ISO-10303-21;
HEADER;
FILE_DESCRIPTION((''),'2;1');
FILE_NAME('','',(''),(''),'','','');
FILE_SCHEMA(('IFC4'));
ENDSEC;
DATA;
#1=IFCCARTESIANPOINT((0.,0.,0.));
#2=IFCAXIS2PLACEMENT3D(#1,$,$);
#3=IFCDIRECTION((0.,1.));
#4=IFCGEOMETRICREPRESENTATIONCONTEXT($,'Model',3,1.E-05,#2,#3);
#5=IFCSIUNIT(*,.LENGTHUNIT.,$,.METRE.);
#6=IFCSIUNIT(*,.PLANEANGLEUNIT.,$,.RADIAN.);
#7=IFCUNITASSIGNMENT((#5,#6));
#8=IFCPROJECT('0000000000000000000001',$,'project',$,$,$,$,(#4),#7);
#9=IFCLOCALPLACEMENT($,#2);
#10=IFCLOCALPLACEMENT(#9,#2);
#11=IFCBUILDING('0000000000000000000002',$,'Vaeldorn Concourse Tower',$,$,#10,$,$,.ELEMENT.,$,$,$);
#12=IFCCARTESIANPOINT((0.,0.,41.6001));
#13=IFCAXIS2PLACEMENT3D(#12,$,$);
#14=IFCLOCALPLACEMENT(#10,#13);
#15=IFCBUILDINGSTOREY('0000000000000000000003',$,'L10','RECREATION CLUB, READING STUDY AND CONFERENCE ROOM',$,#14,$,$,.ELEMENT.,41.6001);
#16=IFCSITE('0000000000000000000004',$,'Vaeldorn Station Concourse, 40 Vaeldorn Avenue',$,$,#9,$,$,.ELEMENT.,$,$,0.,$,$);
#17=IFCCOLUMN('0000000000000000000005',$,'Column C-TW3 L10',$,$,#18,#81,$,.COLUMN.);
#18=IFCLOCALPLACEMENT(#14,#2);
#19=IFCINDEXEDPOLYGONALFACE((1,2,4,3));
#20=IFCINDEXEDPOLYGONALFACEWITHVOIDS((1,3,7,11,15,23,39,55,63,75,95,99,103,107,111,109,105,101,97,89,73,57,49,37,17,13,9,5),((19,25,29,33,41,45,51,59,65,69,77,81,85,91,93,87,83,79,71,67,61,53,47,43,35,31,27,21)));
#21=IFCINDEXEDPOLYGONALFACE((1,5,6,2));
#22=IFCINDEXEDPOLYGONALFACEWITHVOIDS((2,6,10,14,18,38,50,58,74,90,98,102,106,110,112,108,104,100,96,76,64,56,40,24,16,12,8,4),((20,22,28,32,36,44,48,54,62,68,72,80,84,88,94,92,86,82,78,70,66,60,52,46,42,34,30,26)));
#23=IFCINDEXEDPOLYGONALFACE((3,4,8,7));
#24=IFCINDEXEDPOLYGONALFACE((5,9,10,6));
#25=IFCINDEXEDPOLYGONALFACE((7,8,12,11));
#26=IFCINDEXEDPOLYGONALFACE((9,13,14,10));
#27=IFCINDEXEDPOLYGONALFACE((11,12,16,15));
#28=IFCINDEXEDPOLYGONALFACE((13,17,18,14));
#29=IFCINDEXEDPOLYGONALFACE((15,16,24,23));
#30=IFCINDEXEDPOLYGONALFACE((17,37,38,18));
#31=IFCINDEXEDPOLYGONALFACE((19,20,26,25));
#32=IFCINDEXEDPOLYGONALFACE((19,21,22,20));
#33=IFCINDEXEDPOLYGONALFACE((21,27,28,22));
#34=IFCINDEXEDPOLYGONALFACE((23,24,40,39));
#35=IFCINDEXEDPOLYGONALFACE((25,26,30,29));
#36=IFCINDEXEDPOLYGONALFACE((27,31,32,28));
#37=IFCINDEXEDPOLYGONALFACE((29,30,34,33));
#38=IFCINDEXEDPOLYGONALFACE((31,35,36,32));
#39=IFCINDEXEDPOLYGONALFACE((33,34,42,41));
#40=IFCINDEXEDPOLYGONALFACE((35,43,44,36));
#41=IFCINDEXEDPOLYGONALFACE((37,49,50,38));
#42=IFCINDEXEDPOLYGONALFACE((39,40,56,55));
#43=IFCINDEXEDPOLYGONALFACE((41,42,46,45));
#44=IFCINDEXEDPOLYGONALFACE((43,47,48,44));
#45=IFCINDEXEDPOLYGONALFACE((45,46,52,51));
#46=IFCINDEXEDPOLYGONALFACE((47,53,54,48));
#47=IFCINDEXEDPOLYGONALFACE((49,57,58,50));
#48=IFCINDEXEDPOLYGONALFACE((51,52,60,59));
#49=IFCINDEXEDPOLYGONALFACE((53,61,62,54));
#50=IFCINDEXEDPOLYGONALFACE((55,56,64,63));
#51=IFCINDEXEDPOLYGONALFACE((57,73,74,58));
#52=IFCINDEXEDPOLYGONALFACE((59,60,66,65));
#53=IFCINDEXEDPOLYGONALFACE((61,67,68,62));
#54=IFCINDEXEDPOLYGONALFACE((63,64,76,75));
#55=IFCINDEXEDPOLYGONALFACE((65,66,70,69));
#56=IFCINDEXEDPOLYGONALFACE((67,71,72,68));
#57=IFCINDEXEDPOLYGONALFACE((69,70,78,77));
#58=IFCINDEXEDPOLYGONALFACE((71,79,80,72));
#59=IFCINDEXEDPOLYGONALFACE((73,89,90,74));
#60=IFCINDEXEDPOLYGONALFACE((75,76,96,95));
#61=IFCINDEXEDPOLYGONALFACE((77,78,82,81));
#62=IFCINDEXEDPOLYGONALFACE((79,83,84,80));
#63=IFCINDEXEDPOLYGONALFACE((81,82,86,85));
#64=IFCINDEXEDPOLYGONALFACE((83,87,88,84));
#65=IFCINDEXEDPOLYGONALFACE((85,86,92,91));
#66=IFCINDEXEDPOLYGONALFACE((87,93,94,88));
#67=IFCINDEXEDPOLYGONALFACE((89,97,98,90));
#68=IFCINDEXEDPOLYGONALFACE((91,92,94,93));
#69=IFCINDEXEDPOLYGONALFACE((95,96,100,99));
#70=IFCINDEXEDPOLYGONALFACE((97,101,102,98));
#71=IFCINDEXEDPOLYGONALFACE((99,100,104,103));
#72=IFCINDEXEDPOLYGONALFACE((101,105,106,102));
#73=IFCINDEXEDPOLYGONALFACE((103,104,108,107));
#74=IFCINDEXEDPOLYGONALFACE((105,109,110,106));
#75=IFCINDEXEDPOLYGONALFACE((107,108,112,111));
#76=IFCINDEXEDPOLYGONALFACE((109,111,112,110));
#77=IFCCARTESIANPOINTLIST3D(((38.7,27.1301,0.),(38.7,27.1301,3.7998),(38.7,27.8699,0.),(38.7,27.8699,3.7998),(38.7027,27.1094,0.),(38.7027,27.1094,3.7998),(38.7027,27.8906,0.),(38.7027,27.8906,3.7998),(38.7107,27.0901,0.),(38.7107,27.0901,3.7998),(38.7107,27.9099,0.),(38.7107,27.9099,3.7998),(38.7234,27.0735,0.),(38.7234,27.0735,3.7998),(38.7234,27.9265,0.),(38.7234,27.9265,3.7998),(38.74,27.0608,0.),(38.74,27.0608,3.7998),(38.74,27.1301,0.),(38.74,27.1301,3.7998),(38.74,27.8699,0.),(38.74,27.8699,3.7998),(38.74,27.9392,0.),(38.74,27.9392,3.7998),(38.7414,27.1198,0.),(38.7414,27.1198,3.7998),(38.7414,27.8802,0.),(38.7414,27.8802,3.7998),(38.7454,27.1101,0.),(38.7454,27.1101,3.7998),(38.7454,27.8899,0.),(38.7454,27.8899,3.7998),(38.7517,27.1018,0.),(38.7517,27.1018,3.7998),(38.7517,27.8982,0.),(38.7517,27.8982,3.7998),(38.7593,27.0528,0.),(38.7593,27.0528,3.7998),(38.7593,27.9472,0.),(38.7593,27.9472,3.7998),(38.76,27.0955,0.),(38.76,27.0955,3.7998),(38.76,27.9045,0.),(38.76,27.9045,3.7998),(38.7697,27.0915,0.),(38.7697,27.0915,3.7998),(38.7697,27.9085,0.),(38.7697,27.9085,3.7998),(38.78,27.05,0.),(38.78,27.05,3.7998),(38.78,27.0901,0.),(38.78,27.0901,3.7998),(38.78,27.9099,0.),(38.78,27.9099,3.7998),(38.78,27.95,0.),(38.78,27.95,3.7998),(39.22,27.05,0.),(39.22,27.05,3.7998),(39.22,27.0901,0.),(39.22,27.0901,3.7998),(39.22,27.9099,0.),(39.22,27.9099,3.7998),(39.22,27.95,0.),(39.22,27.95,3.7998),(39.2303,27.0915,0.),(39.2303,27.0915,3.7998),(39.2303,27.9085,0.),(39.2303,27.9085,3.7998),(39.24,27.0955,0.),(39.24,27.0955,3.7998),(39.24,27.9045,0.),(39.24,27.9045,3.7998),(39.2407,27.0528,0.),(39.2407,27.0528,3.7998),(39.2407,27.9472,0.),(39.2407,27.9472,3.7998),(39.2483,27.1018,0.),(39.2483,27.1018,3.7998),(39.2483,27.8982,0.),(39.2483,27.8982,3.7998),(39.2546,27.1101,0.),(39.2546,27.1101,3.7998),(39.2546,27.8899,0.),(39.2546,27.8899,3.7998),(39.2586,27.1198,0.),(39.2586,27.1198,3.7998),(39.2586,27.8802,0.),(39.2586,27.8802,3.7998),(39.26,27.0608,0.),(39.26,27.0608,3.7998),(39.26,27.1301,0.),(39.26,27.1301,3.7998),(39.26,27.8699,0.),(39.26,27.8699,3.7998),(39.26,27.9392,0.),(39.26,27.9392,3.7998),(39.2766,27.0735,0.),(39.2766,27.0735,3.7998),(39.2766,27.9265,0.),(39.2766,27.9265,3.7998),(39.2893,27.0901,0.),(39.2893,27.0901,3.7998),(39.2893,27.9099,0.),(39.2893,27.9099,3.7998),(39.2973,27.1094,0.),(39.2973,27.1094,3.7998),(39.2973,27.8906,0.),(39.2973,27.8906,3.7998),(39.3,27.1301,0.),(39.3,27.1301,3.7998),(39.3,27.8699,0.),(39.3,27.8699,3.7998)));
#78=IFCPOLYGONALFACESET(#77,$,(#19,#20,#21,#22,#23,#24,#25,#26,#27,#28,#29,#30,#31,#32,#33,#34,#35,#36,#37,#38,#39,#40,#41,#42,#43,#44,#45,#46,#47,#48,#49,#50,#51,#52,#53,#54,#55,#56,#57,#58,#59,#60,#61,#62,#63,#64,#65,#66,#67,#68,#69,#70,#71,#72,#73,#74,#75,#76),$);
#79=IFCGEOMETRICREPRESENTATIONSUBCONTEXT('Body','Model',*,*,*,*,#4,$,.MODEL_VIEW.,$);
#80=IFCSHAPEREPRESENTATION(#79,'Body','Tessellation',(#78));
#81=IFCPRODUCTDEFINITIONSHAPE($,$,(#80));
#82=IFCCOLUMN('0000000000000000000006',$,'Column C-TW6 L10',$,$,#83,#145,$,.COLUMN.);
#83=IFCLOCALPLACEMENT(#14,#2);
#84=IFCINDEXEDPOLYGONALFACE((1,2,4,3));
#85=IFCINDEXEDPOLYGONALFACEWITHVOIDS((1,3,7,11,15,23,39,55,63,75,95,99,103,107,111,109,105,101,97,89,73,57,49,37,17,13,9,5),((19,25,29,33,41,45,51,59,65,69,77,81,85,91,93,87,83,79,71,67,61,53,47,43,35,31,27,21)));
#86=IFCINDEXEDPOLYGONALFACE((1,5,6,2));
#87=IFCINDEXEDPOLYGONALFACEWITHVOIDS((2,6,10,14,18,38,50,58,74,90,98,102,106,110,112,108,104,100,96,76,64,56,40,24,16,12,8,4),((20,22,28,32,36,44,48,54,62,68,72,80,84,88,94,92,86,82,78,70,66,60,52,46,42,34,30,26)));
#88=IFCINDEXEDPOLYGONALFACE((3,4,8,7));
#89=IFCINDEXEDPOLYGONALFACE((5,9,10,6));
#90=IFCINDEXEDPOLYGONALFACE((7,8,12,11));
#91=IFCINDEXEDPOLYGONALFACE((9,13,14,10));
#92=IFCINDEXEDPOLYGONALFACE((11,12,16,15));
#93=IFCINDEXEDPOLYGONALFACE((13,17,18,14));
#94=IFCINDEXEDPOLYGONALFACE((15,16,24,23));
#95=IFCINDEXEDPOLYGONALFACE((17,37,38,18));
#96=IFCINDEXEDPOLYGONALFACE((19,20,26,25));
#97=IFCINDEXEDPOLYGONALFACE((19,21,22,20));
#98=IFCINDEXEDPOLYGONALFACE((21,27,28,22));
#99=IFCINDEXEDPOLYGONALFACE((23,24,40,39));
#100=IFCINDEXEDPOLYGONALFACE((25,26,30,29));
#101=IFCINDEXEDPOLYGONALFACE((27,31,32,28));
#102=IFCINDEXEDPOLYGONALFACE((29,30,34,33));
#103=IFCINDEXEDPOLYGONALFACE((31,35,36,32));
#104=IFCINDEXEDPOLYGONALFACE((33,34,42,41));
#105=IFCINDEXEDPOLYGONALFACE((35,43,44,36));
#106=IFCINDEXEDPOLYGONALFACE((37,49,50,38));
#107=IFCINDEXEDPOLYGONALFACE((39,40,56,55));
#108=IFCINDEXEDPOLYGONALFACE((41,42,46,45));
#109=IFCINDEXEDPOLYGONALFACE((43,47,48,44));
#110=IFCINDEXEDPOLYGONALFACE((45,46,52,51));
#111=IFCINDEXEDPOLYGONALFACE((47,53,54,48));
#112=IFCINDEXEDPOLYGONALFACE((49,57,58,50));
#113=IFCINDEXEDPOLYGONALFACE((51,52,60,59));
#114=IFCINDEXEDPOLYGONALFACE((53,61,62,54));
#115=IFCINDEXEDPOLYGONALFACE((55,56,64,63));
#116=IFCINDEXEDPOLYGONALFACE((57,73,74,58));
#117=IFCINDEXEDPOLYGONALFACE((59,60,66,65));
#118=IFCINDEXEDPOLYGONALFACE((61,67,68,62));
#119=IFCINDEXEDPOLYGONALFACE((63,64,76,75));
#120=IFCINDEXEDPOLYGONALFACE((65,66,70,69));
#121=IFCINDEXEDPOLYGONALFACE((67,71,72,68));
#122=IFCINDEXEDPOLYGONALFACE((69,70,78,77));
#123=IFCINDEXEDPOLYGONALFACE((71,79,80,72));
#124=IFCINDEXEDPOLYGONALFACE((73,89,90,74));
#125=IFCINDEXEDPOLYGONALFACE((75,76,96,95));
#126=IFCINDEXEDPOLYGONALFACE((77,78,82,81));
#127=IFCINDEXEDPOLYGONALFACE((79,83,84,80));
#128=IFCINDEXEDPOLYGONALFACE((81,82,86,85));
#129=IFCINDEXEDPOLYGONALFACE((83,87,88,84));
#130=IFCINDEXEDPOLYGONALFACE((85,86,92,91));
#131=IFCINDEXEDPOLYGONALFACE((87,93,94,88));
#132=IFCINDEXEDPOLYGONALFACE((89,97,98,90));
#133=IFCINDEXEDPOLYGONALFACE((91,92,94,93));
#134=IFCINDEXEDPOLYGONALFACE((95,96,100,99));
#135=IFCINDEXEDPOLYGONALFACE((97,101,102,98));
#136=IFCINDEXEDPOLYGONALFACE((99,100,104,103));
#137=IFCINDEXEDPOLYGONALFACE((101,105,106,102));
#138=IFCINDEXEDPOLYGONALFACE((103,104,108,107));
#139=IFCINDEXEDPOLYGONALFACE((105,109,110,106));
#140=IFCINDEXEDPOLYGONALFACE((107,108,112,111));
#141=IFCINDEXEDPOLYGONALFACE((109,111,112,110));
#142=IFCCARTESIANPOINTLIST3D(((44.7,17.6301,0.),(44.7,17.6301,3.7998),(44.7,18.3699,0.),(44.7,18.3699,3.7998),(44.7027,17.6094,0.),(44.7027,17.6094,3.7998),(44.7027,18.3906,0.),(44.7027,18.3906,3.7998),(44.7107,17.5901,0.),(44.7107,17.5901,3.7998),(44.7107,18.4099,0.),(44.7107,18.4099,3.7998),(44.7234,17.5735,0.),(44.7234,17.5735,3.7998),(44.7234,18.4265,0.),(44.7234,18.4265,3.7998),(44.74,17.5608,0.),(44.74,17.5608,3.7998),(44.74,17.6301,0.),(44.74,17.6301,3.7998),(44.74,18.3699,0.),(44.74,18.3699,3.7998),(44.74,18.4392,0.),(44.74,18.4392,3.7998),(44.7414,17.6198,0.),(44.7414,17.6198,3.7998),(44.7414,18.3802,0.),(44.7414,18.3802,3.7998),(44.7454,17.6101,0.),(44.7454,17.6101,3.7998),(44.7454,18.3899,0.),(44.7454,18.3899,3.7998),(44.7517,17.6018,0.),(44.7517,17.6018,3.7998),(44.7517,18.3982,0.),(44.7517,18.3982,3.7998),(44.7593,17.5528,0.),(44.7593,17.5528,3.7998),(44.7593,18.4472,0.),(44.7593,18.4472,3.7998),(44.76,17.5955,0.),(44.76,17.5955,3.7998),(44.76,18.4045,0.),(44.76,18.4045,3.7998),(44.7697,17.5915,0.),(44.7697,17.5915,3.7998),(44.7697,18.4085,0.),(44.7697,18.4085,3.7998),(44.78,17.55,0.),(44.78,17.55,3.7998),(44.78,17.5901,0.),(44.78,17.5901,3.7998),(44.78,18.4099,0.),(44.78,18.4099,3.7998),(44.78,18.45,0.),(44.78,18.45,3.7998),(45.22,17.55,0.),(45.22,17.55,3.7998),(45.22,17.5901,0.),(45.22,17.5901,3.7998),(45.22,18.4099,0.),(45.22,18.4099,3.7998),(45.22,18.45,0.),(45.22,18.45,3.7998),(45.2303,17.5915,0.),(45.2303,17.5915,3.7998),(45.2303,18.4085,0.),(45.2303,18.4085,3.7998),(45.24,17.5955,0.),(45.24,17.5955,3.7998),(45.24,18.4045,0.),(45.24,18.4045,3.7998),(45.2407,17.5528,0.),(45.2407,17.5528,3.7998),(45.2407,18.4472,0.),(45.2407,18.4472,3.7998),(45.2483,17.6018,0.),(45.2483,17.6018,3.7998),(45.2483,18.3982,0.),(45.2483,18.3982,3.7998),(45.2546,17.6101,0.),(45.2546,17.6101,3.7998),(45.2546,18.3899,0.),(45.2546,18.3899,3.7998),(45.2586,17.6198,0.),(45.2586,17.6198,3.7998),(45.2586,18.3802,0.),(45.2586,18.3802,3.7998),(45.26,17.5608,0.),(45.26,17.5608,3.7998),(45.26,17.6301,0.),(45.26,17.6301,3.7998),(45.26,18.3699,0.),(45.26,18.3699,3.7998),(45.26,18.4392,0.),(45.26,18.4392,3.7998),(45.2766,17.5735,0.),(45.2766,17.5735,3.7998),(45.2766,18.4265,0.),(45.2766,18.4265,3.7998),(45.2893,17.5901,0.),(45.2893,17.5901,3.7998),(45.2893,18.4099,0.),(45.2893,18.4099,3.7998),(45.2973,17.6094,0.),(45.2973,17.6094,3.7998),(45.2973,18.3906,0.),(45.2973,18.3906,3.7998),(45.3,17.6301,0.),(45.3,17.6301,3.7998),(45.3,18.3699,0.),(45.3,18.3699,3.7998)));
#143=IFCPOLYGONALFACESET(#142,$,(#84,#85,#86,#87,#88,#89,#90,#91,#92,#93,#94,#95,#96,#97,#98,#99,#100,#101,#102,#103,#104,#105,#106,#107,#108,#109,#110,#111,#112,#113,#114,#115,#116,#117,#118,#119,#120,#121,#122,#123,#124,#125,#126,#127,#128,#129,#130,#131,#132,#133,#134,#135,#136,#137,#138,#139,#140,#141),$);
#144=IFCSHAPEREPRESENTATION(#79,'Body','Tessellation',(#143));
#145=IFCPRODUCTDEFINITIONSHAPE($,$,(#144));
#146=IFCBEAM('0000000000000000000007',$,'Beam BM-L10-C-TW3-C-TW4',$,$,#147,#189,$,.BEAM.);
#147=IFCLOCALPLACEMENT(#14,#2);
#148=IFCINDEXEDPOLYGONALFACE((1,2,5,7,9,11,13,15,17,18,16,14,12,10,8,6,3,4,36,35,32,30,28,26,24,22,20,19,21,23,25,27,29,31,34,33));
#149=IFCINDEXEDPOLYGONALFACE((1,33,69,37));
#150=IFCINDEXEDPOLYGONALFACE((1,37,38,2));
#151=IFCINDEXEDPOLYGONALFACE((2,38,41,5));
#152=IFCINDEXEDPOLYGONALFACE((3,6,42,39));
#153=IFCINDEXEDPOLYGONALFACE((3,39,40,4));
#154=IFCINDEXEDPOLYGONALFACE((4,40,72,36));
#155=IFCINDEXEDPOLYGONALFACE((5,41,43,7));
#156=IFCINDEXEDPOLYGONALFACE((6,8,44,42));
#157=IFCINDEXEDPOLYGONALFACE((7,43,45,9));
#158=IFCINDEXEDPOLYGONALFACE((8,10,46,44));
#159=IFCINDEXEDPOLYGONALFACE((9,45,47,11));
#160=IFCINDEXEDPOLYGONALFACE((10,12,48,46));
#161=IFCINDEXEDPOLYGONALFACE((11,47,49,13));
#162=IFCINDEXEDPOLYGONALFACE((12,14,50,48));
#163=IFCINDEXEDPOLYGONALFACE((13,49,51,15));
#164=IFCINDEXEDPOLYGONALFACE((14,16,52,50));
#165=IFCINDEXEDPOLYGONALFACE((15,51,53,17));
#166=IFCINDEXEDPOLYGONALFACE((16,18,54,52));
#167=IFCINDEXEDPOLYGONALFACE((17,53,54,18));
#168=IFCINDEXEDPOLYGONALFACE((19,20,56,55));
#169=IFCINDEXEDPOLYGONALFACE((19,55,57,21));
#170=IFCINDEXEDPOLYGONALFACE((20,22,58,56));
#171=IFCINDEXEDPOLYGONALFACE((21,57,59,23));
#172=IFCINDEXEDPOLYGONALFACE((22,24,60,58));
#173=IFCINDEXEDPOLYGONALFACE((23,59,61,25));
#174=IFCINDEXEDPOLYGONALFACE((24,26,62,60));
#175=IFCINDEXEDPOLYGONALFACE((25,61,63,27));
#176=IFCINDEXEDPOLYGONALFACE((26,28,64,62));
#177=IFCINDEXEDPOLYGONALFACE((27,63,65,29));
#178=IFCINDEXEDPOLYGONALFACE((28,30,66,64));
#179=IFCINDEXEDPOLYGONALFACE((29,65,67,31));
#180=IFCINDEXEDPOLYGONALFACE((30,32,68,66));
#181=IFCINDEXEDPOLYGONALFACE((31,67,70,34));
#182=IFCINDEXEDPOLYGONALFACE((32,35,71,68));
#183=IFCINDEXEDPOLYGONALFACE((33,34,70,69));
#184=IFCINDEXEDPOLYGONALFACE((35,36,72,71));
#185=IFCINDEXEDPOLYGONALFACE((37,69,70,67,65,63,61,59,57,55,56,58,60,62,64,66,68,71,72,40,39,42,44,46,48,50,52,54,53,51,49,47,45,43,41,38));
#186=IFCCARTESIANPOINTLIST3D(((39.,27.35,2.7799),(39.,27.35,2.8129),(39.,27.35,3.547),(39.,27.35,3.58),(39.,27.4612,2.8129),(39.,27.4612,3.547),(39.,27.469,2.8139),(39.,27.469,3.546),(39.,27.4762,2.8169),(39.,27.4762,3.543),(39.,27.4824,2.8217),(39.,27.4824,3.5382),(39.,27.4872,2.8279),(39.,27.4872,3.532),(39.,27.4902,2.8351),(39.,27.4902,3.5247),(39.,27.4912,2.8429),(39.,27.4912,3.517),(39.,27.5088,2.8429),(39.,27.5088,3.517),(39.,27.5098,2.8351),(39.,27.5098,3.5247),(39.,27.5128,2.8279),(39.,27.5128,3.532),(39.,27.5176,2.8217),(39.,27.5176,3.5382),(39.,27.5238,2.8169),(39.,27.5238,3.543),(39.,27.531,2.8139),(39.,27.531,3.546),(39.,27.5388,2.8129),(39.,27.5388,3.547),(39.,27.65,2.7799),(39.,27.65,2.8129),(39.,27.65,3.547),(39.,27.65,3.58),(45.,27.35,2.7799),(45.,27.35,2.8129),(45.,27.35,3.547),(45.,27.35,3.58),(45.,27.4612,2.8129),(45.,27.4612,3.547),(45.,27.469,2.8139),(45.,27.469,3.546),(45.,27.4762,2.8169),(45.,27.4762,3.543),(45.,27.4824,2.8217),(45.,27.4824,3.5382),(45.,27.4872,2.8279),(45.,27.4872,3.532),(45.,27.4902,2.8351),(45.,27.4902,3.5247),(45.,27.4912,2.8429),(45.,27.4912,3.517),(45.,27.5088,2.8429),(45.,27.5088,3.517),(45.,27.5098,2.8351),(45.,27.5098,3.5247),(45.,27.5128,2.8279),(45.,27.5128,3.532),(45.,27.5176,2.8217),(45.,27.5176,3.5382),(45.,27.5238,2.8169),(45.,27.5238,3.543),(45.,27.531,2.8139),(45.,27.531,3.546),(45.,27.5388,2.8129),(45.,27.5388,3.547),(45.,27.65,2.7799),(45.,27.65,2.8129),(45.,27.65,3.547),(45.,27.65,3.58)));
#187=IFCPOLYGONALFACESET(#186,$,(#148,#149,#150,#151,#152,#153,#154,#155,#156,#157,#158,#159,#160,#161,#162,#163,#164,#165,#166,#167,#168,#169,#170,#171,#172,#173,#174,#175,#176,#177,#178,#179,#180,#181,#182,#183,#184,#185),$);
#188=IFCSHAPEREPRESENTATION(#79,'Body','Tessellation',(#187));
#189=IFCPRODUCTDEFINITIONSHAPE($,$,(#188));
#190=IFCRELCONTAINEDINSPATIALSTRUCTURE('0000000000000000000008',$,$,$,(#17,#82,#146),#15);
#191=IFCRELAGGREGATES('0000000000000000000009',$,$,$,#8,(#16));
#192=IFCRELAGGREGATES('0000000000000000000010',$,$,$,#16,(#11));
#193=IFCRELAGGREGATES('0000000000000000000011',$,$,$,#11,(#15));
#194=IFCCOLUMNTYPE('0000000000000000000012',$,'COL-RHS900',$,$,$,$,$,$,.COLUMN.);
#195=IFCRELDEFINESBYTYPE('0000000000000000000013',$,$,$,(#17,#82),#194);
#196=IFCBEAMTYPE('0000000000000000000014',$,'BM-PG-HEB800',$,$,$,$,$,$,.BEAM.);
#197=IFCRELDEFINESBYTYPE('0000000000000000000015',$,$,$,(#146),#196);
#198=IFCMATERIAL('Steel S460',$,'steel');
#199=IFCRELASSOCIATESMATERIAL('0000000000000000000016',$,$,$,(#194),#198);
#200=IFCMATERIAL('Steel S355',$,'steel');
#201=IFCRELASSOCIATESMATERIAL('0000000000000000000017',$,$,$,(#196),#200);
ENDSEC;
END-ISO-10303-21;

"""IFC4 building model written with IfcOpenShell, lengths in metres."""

from ifc_helpers import new_model, si_unit, direction, frame, origin, origin_2d, place, context, subcontext, project, spatial, hollow_rectangle, i_section, extrude, source, transform, mapped, material, material_profile, profile_set, type_object, element, save


model = new_model("IFC4")

# Units and contexts
model_context = context("Model", 3, precision=1e-05, world=origin(), true_north=direction((0.0, 1.0)))
body_context = subcontext(model_context, "Body", "Model", "MODEL_VIEW")
ifc_project = project(units=[si_unit("LENGTHUNIT", "METRE"), si_unit("PLANEANGLEUNIT", "RADIAN")], contexts=[model_context])

# Site, building, storey
site_placement = place(None, origin())
site = spatial("IfcSite", under=ifc_project, at=site_placement, Name="Vaeldorn Station Concourse, 40 Vaeldorn Avenue", CompositionType="ELEMENT", RefElevation=0.0)
building_placement = place(site_placement, origin())
building = spatial("IfcBuilding", under=site, at=building_placement, Name="Vaeldorn Concourse Tower", CompositionType="ELEMENT")
storey_placement = place(building_placement, frame((0.0, 0.0, 41.6001)))
storey = spatial("IfcBuildingStorey", under=building, at=storey_placement, Name="L10", Description="RECREATION CLUB, READING STUDY AND CONFERENCE ROOM", CompositionType="ELEMENT", Elevation=41.6001)

# Columns
ifc_material_1 = material(Name="Steel S460", Category="steel")
ifc_material_profile_1 = material_profile(ifc_material_1, hollow_rectangle(XDim=0.6001, YDim=0.8999, WallThickness=0.04, InnerFilletRadius=0.04, OuterFilletRadius=0.0801, at=origin_2d()), Name="RHS 900x600x40")
ifc_profile_set_1 = profile_set([ifc_material_profile_1], Name="Steel S460")
column_type_1 = type_object("IfcColumnType", Name="COL-RHS900", PredefinedType="COLUMN", material=ifc_profile_set_1)
shared_shape_1 = source(origin(), body_context, "Body", "SweptSolid", [
    extrude(hollow_rectangle(XDim=0.6001, YDim=0.8999, WallThickness=0.04, InnerFilletRadius=0.04, OuterFilletRadius=0.0801, at=origin_2d()), origin(), (0.0, 0.0, 1.0), 3.7998),
])
for number, where, z_axis, x_axis, name in (
    (1, (39.0, 27.5, 0.0), (0.0, 0.0, 1.0), (1.0, 0.0, 0.0), "Column C-TW3 L10"),
    (2, (45.0, 18.0, 0.0), (0.0, 0.0, 1.0), (1.0, 0.0, 0.0), "Column C-TW6 L10"),
):
    element("IfcColumn", number, at=place(storey_placement, frame(where, z_axis=z_axis, x_axis=x_axis)), inside=storey, type_object=column_type_1, Name=name, PredefinedType="COLUMN", context=body_context, shape_type="MappedRepresentation", body=[
        mapped(shared_shape_1, transform((0.0, 0.0, 0.0), scale=1.0)),
    ])

# Beam
ifc_material_2 = material(Name="Steel S355", Category="steel")
ifc_material_profile_2 = material_profile(ifc_material_2, i_section(OverallWidth=0.3, OverallDepth=0.8, WebThickness=0.0176, FlangeThickness=0.033, FilletRadius=0.03, at=origin_2d()), Name="HEB 800")
ifc_profile_set_2 = profile_set([ifc_material_profile_2], Name="Steel S355")
beam_type_1 = type_object("IfcBeamType", Name="BM-PG-HEB800", PredefinedType="BEAM", material=ifc_profile_set_2)
shared_shape_2 = source(origin(), body_context, "Body", "SweptSolid", [
    extrude(i_section(OverallWidth=0.3, OverallDepth=0.8, WebThickness=0.0176, FlangeThickness=0.033, FilletRadius=0.03, at=origin_2d()), origin(), (0.0, 0.0, 1.0), 6.0),
])
beam_1_placement = place(storey_placement, frame((39.0, 27.5, 3.1799), z_axis=(1.0, 0.0, 0.0), x_axis=(0.0, 1.0, 0.0)))
element("IfcBeam", 3, at=beam_1_placement, inside=storey, type_object=beam_type_1, Name="Beam BM-L10-C-TW3-C-TW4", PredefinedType="BEAM", context=body_context, shape_type="MappedRepresentation", body=[
    mapped(shared_shape_2, transform((0.0, 0.0, 0.0), scale=1.0)),
])

save(model, "model.ifc")
